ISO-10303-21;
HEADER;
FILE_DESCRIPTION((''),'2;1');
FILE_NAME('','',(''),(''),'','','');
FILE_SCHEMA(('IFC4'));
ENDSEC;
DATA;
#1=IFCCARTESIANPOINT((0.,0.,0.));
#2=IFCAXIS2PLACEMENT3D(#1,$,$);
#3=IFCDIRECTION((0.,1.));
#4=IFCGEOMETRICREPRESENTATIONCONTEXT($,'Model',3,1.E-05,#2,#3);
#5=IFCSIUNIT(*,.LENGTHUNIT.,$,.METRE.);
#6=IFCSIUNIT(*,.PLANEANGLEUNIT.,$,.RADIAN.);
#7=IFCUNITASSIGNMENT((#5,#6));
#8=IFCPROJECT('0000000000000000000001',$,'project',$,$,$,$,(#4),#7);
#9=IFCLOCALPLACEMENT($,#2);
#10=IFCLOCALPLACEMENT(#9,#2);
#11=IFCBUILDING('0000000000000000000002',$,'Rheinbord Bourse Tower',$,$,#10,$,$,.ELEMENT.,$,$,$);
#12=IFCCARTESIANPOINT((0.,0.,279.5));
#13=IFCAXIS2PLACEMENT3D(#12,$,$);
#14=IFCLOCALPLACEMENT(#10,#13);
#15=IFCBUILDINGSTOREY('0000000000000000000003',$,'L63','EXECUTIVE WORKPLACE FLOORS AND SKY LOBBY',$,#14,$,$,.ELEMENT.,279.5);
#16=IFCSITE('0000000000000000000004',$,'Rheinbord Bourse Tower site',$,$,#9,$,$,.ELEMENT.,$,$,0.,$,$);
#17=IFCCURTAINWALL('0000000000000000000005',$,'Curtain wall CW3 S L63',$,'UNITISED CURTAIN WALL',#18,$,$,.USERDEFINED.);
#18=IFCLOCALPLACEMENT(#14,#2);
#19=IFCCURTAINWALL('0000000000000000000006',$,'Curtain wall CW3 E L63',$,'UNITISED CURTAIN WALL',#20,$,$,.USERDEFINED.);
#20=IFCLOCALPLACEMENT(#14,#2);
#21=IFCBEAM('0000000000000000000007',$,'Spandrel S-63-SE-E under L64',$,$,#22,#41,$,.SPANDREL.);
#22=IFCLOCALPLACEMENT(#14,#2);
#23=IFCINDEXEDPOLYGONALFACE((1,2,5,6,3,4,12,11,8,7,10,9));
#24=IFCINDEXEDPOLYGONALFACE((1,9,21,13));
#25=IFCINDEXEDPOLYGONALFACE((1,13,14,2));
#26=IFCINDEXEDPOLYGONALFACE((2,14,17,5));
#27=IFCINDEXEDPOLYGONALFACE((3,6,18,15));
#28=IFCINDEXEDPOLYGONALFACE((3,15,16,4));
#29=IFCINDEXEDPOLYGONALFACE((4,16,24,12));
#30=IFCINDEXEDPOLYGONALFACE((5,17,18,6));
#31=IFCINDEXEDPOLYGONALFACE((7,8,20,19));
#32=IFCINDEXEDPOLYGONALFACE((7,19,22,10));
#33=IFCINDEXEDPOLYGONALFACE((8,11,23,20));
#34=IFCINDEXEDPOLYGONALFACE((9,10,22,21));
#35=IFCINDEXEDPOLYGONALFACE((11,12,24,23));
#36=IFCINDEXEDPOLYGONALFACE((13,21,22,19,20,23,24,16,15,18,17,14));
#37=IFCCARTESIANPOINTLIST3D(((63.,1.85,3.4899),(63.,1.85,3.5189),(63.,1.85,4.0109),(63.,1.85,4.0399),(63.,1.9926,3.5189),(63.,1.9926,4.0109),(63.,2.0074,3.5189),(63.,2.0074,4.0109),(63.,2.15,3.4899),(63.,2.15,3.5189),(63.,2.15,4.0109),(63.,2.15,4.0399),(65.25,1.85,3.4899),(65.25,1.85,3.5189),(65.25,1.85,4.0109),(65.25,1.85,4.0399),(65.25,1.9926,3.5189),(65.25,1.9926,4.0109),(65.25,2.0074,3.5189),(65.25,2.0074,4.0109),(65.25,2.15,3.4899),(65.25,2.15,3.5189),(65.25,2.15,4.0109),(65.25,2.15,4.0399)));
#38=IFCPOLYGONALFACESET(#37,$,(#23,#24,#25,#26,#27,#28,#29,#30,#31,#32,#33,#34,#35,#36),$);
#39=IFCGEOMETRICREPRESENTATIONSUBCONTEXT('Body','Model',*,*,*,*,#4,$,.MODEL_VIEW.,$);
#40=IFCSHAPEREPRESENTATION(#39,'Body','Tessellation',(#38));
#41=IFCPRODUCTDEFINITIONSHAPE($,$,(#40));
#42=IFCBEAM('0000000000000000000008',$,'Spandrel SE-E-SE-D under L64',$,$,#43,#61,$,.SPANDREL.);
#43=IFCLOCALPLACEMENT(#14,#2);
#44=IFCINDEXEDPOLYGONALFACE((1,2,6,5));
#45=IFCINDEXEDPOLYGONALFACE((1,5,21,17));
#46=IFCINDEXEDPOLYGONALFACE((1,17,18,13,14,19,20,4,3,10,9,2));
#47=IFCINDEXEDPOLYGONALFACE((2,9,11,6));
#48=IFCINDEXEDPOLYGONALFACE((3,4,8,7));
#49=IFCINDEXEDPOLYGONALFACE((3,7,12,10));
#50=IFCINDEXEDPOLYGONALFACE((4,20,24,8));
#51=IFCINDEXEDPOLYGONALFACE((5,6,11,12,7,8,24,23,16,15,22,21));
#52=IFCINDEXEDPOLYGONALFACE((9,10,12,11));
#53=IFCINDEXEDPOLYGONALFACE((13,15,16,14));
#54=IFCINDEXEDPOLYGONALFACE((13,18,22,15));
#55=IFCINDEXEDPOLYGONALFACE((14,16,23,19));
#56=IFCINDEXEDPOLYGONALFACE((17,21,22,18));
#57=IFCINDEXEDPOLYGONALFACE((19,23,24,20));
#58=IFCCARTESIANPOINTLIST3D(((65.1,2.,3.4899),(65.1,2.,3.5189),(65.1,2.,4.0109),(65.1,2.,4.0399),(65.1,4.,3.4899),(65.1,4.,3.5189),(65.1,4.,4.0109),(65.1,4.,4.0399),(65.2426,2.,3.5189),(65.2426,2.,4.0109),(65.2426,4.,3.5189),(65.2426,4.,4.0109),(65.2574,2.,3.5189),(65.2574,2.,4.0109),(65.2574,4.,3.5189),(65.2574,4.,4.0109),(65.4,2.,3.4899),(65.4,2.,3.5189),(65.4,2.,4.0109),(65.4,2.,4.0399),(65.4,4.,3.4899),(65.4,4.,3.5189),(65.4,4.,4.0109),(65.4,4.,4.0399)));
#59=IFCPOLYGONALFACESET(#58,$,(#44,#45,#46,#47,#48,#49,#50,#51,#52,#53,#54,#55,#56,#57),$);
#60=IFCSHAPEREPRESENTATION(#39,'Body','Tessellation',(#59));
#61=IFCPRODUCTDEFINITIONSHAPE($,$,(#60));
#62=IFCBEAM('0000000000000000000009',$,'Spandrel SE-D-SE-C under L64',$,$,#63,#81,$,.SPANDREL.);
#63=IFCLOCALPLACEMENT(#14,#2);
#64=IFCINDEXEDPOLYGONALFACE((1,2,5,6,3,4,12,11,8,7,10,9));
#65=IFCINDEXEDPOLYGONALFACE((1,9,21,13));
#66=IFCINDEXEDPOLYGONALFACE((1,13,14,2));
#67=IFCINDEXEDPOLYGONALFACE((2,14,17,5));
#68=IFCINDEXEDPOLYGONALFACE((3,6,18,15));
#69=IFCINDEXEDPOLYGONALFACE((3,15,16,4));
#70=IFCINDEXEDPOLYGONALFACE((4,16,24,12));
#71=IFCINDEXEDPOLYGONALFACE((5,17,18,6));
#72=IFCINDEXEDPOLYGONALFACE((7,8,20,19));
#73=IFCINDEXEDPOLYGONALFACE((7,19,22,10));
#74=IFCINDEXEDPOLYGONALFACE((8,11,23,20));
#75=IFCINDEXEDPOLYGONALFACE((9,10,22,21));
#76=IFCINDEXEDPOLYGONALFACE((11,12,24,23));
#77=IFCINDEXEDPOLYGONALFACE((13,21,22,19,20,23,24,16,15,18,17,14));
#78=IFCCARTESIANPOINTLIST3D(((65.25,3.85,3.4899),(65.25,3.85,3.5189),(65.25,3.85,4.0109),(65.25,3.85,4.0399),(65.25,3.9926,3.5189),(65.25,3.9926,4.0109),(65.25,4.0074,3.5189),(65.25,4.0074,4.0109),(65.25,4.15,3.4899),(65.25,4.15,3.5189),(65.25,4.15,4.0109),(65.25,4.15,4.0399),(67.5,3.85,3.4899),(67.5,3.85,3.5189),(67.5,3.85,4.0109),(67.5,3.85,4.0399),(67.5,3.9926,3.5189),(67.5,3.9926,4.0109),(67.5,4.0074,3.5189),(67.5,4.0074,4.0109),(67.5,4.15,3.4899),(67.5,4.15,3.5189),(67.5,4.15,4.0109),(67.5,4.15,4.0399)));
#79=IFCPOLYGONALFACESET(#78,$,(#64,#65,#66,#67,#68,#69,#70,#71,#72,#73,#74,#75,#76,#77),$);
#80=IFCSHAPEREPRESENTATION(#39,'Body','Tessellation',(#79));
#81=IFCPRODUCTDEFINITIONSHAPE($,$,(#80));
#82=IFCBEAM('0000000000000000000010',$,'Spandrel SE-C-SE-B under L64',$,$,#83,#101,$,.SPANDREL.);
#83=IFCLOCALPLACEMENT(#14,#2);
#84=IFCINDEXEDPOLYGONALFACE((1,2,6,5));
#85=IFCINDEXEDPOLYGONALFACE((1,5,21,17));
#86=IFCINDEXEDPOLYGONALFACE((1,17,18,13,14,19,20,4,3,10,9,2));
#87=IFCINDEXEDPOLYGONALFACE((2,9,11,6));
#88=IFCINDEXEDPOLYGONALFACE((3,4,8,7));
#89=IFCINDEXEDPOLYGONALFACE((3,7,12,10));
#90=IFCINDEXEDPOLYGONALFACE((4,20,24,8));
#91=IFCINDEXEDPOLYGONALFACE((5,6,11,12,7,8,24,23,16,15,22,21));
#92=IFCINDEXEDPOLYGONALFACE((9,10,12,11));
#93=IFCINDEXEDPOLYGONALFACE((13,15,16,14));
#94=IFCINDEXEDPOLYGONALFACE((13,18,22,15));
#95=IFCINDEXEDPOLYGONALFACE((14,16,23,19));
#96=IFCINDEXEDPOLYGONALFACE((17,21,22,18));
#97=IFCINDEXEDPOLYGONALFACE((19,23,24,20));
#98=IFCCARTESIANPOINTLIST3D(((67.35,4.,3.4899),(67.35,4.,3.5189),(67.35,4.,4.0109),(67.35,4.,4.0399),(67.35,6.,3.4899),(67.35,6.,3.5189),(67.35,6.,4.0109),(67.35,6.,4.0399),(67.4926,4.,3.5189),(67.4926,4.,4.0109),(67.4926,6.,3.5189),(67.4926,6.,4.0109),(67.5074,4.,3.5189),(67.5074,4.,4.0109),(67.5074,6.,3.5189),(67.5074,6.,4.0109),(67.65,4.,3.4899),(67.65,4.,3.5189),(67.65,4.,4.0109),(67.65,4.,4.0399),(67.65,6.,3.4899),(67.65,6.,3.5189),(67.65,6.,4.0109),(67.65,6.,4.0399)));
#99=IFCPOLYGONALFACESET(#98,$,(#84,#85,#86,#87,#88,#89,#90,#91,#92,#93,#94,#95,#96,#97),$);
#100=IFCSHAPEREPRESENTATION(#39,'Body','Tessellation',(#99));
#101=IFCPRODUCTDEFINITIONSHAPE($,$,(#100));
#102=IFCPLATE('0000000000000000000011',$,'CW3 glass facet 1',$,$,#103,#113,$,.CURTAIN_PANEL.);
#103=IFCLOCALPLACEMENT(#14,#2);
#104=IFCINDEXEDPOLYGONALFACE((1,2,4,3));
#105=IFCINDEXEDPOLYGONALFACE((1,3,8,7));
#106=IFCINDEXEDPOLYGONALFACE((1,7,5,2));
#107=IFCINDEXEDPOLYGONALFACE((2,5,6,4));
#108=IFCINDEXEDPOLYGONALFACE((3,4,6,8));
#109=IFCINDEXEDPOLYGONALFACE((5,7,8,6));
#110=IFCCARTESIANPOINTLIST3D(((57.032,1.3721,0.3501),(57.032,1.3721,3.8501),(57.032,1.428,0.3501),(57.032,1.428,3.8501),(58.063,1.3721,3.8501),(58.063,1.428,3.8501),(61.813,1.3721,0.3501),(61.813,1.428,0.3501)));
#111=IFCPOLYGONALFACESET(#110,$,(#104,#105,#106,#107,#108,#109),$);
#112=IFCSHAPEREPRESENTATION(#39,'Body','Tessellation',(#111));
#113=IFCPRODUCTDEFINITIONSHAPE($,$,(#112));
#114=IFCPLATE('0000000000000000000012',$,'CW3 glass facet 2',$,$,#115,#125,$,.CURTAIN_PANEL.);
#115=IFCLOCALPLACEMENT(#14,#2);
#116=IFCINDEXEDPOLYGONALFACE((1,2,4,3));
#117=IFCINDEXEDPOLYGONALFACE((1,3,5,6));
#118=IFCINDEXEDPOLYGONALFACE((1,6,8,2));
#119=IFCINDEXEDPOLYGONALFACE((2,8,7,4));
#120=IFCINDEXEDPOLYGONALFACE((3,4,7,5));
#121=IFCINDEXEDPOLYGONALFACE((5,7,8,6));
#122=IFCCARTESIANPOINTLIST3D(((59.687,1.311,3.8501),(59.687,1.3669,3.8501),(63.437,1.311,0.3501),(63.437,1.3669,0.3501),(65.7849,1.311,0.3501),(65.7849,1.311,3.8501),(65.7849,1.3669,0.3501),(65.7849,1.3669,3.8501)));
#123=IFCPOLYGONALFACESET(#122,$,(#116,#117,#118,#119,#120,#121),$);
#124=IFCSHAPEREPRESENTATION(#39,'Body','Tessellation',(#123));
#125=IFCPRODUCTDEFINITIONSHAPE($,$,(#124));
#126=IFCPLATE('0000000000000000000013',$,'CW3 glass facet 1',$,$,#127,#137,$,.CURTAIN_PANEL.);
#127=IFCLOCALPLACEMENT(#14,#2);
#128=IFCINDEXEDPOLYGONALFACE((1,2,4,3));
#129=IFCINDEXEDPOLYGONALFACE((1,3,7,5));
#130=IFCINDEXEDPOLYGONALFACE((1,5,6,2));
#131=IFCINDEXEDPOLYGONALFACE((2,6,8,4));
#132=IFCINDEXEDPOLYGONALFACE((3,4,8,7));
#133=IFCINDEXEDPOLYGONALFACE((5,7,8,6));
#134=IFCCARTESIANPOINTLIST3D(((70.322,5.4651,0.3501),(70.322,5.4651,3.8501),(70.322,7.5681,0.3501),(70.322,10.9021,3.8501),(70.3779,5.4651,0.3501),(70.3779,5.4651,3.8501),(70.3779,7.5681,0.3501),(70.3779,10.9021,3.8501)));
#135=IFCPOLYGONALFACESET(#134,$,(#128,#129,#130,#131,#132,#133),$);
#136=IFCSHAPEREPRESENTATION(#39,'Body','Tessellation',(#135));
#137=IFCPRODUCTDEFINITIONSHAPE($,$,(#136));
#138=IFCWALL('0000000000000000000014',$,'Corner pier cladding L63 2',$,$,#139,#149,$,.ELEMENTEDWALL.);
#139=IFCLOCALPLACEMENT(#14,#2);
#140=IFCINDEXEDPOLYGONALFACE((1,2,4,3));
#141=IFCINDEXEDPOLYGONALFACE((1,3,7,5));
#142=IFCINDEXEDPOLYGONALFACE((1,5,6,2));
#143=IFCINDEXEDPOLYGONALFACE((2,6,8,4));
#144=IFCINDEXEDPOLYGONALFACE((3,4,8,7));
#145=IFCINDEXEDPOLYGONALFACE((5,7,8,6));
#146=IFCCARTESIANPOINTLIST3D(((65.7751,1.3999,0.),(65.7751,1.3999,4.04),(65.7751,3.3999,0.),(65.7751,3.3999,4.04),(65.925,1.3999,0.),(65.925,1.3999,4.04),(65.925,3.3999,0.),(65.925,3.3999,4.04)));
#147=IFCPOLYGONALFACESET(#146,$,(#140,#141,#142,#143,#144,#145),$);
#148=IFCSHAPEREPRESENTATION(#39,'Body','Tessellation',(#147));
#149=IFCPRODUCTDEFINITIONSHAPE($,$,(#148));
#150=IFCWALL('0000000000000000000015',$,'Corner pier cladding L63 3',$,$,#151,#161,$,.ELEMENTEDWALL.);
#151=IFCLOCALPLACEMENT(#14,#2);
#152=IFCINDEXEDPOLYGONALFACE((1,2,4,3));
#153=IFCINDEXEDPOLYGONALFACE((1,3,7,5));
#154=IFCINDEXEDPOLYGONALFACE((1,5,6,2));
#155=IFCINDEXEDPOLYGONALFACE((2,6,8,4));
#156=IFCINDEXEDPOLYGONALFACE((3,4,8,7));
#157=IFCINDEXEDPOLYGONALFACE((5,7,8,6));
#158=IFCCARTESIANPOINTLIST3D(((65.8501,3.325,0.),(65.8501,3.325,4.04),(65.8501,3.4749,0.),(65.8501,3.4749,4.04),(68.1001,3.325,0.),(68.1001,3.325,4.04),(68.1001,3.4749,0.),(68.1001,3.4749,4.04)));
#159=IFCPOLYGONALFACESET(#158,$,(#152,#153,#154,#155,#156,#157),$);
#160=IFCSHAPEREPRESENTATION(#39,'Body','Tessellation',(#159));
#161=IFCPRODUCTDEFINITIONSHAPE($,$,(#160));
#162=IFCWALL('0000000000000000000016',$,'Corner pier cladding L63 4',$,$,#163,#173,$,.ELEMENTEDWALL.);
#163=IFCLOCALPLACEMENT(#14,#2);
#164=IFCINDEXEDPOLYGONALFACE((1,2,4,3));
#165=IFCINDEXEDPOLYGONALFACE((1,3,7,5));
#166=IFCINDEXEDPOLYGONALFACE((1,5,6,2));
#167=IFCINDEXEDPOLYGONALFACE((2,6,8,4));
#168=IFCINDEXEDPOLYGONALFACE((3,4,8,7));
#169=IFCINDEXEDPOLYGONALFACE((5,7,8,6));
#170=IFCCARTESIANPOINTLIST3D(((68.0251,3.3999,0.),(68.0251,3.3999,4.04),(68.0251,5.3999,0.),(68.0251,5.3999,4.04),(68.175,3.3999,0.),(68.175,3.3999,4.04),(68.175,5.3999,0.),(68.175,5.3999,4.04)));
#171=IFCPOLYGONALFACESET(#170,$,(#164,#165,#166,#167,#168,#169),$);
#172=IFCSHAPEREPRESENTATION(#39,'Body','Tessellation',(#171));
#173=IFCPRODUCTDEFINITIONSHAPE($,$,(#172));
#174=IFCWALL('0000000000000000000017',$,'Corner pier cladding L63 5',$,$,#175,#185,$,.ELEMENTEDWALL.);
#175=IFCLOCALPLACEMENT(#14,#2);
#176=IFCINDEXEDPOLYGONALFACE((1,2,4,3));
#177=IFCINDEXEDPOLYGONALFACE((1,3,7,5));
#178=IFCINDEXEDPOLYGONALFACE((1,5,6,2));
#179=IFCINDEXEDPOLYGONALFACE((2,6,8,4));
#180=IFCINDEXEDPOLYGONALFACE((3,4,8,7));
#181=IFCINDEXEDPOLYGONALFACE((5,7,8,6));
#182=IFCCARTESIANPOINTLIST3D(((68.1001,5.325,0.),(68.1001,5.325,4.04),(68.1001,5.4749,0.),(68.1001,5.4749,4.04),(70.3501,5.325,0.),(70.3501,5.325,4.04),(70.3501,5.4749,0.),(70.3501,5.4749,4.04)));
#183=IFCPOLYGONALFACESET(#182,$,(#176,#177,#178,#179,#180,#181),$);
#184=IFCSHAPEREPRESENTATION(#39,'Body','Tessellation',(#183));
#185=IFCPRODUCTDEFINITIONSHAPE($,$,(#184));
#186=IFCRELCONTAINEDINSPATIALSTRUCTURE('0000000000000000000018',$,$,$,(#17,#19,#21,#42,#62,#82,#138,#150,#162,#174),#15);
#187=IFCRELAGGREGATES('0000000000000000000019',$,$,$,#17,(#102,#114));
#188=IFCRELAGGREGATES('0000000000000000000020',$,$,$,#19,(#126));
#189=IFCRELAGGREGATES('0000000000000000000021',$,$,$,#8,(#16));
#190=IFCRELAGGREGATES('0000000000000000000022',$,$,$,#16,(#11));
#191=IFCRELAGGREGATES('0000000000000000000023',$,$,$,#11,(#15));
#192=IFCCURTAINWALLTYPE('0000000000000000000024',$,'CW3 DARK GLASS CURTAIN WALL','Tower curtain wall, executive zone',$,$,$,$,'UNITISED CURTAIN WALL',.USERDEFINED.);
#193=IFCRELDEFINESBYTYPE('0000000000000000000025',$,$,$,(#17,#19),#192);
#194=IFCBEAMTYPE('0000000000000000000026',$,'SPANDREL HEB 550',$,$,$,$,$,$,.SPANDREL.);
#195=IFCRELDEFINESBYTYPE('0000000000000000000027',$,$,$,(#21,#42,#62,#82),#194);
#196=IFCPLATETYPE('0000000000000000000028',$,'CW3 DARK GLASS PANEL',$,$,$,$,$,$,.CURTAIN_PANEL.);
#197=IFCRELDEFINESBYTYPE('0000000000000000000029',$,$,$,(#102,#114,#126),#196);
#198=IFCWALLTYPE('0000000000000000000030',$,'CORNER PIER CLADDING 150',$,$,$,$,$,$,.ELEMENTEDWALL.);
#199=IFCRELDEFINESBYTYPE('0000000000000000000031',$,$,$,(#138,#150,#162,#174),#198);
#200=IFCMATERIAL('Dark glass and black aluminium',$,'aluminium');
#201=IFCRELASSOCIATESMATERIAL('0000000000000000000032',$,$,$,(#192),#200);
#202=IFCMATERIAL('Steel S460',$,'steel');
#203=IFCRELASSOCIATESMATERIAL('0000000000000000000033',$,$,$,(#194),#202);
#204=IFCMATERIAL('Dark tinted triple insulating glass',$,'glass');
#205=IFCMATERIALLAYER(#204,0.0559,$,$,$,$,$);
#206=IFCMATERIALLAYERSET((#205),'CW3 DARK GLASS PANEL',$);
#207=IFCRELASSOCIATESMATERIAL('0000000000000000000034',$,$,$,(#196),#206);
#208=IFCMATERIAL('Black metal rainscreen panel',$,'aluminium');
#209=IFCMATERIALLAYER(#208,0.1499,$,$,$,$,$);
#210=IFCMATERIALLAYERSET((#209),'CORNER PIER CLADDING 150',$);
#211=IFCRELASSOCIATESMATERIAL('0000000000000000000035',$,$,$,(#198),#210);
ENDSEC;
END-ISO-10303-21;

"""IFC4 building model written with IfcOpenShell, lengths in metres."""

from ifc_helpers import new_model, si_unit, direction, frame, frame_2d, origin, origin_2d, place, context, subcontext, project, spatial, polyline, rectangle, i_section, outline, extrude, material, layer, layer_set, material_profile, profile_set, type_object, element, aggregate, save


model = new_model("IFC4")

# Units and contexts
model_context = context("Model", 3, precision=1e-05, world=origin(), true_north=direction((0.0, 1.0)))
body_context = subcontext(model_context, "Body", "Model", "MODEL_VIEW")
ifc_project = project(units=[si_unit("LENGTHUNIT", "METRE"), si_unit("PLANEANGLEUNIT", "RADIAN")], contexts=[model_context])

# Site, building, storey
site_placement = place(None, origin())
site = spatial("IfcSite", under=ifc_project, at=site_placement, Name="Rheinbord Bourse Tower site", CompositionType="ELEMENT", RefElevation=0.0)
building_placement = place(site_placement, origin())
building = spatial("IfcBuilding", under=site, at=building_placement, Name="Rheinbord Bourse Tower", CompositionType="ELEMENT")
storey_placement = place(building_placement, frame((0.0, 0.0, 279.5)))
storey = spatial("IfcBuildingStorey", under=building, at=storey_placement, Name="L63", Description="EXECUTIVE WORKPLACE FLOORS AND SKY LOBBY", CompositionType="ELEMENT", Elevation=279.5)

# Curtain wall
ifc_material_1 = material(Name="Dark glass and black aluminium", Category="aluminium")
curtain_wall_type = type_object("IfcCurtainWallType", Name="CW3 DARK GLASS CURTAIN WALL", Description="Tower curtain wall, executive zone", ElementType="UNITISED CURTAIN WALL", PredefinedType="USERDEFINED", material=ifc_material_1)
curtain_wall_1_placement = place(storey_placement, origin())
curtain_wall_1 = element("IfcCurtainWall", 1, at=curtain_wall_1_placement, inside=storey, type_object=curtain_wall_type, Name="Curtain wall CW3 S L63", ObjectType="UNITISED CURTAIN WALL", PredefinedType="USERDEFINED")

# Curtain wall
curtain_wall_2_placement = place(storey_placement, origin())
curtain_wall_2 = element("IfcCurtainWall", 2, at=curtain_wall_2_placement, inside=storey, type_object=curtain_wall_type, Name="Curtain wall CW3 E L63", ObjectType="UNITISED CURTAIN WALL", PredefinedType="USERDEFINED")

# Beams
ifc_material_2 = material(Name="Steel S460", Category="steel")
ifc_material_profile_1 = material_profile(ifc_material_2, i_section(OverallWidth=0.3, OverallDepth=0.55, WebThickness=0.0149, FlangeThickness=0.0291, at=origin_2d()), Name="HEB 550")
ifc_profile_set_1 = profile_set([ifc_material_profile_1], Name="Steel S460")
beam_type_1 = type_object("IfcBeamType", Name="SPANDREL HEB 550", PredefinedType="SPANDREL", material=ifc_profile_set_1)
beam_1_placement = place(storey_placement, frame((63.0, 2.0, 3.7649), z_axis=(1.0, 0.0, 0.0), x_axis=(0.0, 1.0, 0.0)))
element("IfcBeam", 3, at=beam_1_placement, inside=storey, type_object=beam_type_1, Name="Spandrel S-63-SE-E under L64", PredefinedType="SPANDREL", context=body_context, shape_type="SweptSolid", body=[
    extrude(i_section(OverallWidth=0.3, OverallDepth=0.55, WebThickness=0.0149, FlangeThickness=0.0291, at=origin_2d()), origin(), (0.0, 0.0, 1.0), 2.25),
])
beam_2_placement = place(storey_placement, frame((65.25, 2.0, 3.7649), z_axis=(0.0, 1.0, 0.0), x_axis=(-1.0, 0.0, 0.0)))
element("IfcBeam", 4, at=beam_2_placement, inside=storey, type_object=beam_type_1, Name="Spandrel SE-E-SE-D under L64", PredefinedType="SPANDREL", context=body_context, shape_type="SweptSolid", body=[
    extrude(i_section(OverallWidth=0.3, OverallDepth=0.55, WebThickness=0.0149, FlangeThickness=0.0291, at=origin_2d()), origin(), (0.0, 0.0, 1.0), 2.0),
])
beam_3_placement = place(storey_placement, frame((65.25, 4.0, 3.7649), z_axis=(1.0, 0.0, 0.0), x_axis=(0.0, 1.0, 0.0)))
element("IfcBeam", 5, at=beam_3_placement, inside=storey, type_object=beam_type_1, Name="Spandrel SE-D-SE-C under L64", PredefinedType="SPANDREL", context=body_context, shape_type="SweptSolid", body=[
    extrude(i_section(OverallWidth=0.3, OverallDepth=0.55, WebThickness=0.0149, FlangeThickness=0.0291, at=origin_2d()), origin(), (0.0, 0.0, 1.0), 2.25),
])
beam_4_placement = place(storey_placement, frame((67.5, 4.0, 3.7649), z_axis=(0.0, 1.0, 0.0), x_axis=(-1.0, 0.0, 0.0)))
element("IfcBeam", 6, at=beam_4_placement, inside=storey, type_object=beam_type_1, Name="Spandrel SE-C-SE-B under L64", PredefinedType="SPANDREL", context=body_context, shape_type="SweptSolid", body=[
    extrude(i_section(OverallWidth=0.3, OverallDepth=0.55, WebThickness=0.0149, FlangeThickness=0.0291, at=origin_2d()), origin(), (0.0, 0.0, 1.0), 2.0),
])

# Plates
ifc_material_3 = material(Name="Dark tinted triple insulating glass", Category="glass")
ifc_layer_1 = layer(ifc_material_3, 0.0559)
ifc_layer_set_1 = layer_set([ifc_layer_1], Name="CW3 DARK GLASS PANEL")
plate_type = type_object("IfcPlateType", Name="CW3 DARK GLASS PANEL", PredefinedType="CURTAIN_PANEL", material=ifc_layer_set_1)
plate_1_placement = place(storey_placement, frame((57.032, 1.3721, 0.3501), z_axis=(0.0, 1.0, 0.0), x_axis=(0.0, 0.0, 1.0)))
plate_1 = element("IfcPlate", 7, at=plate_1_placement, type_object=plate_type, Name="CW3 glass facet 1", PredefinedType="CURTAIN_PANEL", context=body_context, shape_type="SweptSolid", body=[
    extrude(outline(polyline([(0.0, 0.0), (3.5, 0.0), (3.5, 1.031), (0.0, 4.781), (0.0, 0.0)])), origin(), (0.0, 0.0, 1.0), 0.0559),
])
plate_2_placement = place(storey_placement, frame((65.7849, 1.311, 3.8501), z_axis=(0.0, 1.0, 0.0), x_axis=(0.0, 0.0, -1.0)))
plate_2 = element("IfcPlate", 8, at=plate_2_placement, type_object=plate_type, Name="CW3 glass facet 2", PredefinedType="CURTAIN_PANEL", context=body_context, shape_type="SweptSolid", body=[
    extrude(outline(polyline([(0.0, 0.0), (3.5, 0.0), (3.5, 2.3479), (0.0, 6.0979), (0.0, 0.0)])), origin(), (0.0, 0.0, 1.0), 0.0559),
])
aggregate(curtain_wall_1, [plate_1, plate_2])
plate_3_placement = place(storey_placement, frame((70.3779, 5.4651, 0.3501), z_axis=(-1.0, 0.0, 0.0), x_axis=(0.0, 0.0, 1.0)))
plate_3 = element("IfcPlate", 9, at=plate_3_placement, type_object=plate_type, Name="CW3 glass facet 1", PredefinedType="CURTAIN_PANEL", context=body_context, shape_type="SweptSolid", body=[
    extrude(outline(polyline([(0.0, 0.0), (3.5, 0.0), (3.5, 5.437), (0.0, 2.103), (0.0, 0.0)])), origin(), (0.0, 0.0, 1.0), 0.0559),
])
aggregate(curtain_wall_2, [plate_3])

# Walls
ifc_material_4 = material(Name="Black metal rainscreen panel", Category="aluminium")
ifc_layer_2 = layer(ifc_material_4, 0.1499)
ifc_layer_set_2 = layer_set([ifc_layer_2], Name="CORNER PIER CLADDING 150")
wall_type = type_object("IfcWallType", Name="CORNER PIER CLADDING 150", PredefinedType="ELEMENTEDWALL", material=ifc_layer_set_2)
wall_1_placement = place(storey_placement, frame((65.8501, 1.3999, 0.0), z_axis=(0.0, 0.0, 1.0), x_axis=(0.0, 1.0, 0.0)))
element("IfcWall", 10, at=wall_1_placement, inside=storey, type_object=wall_type, Name="Corner pier cladding L63 2", PredefinedType="ELEMENTEDWALL", context=body_context, shape_type="SweptSolid", body=[
    extrude(rectangle(XDim=2.0, YDim=0.1499, at=frame_2d((1.0, 0.0))), origin(), (0.0, 0.0, 1.0), 4.04),
])
wall_2_placement = place(storey_placement, frame((65.8501, 3.3999, 0.0), z_axis=(0.0, 0.0, 1.0), x_axis=(1.0, 0.0, 0.0)))
element("IfcWall", 11, at=wall_2_placement, inside=storey, type_object=wall_type, Name="Corner pier cladding L63 3", PredefinedType="ELEMENTEDWALL", context=body_context, shape_type="SweptSolid", body=[
    extrude(rectangle(XDim=2.25, YDim=0.1499, at=frame_2d((1.125, 0.0))), origin(), (0.0, 0.0, 1.0), 4.04),
])
wall_3_placement = place(storey_placement, frame((68.1001, 3.3999, 0.0), z_axis=(0.0, 0.0, 1.0), x_axis=(0.0, 1.0, 0.0)))
element("IfcWall", 12, at=wall_3_placement, inside=storey, type_object=wall_type, Name="Corner pier cladding L63 4", PredefinedType="ELEMENTEDWALL", context=body_context, shape_type="SweptSolid", body=[
    extrude(rectangle(XDim=2.0, YDim=0.1499, at=frame_2d((1.0, 0.0))), origin(), (0.0, 0.0, 1.0), 4.04),
])
wall_4_placement = place(storey_placement, frame((68.1001, 5.3999, 0.0), z_axis=(0.0, 0.0, 1.0), x_axis=(1.0, 0.0, 0.0)))
element("IfcWall", 13, at=wall_4_placement, inside=storey, type_object=wall_type, Name="Corner pier cladding L63 5", PredefinedType="ELEMENTEDWALL", context=body_context, shape_type="SweptSolid", body=[
    extrude(rectangle(XDim=2.25, YDim=0.1499, at=frame_2d((1.125, 0.0))), origin(), (0.0, 0.0, 1.0), 4.04),
])

save(model, "model.ifc")
